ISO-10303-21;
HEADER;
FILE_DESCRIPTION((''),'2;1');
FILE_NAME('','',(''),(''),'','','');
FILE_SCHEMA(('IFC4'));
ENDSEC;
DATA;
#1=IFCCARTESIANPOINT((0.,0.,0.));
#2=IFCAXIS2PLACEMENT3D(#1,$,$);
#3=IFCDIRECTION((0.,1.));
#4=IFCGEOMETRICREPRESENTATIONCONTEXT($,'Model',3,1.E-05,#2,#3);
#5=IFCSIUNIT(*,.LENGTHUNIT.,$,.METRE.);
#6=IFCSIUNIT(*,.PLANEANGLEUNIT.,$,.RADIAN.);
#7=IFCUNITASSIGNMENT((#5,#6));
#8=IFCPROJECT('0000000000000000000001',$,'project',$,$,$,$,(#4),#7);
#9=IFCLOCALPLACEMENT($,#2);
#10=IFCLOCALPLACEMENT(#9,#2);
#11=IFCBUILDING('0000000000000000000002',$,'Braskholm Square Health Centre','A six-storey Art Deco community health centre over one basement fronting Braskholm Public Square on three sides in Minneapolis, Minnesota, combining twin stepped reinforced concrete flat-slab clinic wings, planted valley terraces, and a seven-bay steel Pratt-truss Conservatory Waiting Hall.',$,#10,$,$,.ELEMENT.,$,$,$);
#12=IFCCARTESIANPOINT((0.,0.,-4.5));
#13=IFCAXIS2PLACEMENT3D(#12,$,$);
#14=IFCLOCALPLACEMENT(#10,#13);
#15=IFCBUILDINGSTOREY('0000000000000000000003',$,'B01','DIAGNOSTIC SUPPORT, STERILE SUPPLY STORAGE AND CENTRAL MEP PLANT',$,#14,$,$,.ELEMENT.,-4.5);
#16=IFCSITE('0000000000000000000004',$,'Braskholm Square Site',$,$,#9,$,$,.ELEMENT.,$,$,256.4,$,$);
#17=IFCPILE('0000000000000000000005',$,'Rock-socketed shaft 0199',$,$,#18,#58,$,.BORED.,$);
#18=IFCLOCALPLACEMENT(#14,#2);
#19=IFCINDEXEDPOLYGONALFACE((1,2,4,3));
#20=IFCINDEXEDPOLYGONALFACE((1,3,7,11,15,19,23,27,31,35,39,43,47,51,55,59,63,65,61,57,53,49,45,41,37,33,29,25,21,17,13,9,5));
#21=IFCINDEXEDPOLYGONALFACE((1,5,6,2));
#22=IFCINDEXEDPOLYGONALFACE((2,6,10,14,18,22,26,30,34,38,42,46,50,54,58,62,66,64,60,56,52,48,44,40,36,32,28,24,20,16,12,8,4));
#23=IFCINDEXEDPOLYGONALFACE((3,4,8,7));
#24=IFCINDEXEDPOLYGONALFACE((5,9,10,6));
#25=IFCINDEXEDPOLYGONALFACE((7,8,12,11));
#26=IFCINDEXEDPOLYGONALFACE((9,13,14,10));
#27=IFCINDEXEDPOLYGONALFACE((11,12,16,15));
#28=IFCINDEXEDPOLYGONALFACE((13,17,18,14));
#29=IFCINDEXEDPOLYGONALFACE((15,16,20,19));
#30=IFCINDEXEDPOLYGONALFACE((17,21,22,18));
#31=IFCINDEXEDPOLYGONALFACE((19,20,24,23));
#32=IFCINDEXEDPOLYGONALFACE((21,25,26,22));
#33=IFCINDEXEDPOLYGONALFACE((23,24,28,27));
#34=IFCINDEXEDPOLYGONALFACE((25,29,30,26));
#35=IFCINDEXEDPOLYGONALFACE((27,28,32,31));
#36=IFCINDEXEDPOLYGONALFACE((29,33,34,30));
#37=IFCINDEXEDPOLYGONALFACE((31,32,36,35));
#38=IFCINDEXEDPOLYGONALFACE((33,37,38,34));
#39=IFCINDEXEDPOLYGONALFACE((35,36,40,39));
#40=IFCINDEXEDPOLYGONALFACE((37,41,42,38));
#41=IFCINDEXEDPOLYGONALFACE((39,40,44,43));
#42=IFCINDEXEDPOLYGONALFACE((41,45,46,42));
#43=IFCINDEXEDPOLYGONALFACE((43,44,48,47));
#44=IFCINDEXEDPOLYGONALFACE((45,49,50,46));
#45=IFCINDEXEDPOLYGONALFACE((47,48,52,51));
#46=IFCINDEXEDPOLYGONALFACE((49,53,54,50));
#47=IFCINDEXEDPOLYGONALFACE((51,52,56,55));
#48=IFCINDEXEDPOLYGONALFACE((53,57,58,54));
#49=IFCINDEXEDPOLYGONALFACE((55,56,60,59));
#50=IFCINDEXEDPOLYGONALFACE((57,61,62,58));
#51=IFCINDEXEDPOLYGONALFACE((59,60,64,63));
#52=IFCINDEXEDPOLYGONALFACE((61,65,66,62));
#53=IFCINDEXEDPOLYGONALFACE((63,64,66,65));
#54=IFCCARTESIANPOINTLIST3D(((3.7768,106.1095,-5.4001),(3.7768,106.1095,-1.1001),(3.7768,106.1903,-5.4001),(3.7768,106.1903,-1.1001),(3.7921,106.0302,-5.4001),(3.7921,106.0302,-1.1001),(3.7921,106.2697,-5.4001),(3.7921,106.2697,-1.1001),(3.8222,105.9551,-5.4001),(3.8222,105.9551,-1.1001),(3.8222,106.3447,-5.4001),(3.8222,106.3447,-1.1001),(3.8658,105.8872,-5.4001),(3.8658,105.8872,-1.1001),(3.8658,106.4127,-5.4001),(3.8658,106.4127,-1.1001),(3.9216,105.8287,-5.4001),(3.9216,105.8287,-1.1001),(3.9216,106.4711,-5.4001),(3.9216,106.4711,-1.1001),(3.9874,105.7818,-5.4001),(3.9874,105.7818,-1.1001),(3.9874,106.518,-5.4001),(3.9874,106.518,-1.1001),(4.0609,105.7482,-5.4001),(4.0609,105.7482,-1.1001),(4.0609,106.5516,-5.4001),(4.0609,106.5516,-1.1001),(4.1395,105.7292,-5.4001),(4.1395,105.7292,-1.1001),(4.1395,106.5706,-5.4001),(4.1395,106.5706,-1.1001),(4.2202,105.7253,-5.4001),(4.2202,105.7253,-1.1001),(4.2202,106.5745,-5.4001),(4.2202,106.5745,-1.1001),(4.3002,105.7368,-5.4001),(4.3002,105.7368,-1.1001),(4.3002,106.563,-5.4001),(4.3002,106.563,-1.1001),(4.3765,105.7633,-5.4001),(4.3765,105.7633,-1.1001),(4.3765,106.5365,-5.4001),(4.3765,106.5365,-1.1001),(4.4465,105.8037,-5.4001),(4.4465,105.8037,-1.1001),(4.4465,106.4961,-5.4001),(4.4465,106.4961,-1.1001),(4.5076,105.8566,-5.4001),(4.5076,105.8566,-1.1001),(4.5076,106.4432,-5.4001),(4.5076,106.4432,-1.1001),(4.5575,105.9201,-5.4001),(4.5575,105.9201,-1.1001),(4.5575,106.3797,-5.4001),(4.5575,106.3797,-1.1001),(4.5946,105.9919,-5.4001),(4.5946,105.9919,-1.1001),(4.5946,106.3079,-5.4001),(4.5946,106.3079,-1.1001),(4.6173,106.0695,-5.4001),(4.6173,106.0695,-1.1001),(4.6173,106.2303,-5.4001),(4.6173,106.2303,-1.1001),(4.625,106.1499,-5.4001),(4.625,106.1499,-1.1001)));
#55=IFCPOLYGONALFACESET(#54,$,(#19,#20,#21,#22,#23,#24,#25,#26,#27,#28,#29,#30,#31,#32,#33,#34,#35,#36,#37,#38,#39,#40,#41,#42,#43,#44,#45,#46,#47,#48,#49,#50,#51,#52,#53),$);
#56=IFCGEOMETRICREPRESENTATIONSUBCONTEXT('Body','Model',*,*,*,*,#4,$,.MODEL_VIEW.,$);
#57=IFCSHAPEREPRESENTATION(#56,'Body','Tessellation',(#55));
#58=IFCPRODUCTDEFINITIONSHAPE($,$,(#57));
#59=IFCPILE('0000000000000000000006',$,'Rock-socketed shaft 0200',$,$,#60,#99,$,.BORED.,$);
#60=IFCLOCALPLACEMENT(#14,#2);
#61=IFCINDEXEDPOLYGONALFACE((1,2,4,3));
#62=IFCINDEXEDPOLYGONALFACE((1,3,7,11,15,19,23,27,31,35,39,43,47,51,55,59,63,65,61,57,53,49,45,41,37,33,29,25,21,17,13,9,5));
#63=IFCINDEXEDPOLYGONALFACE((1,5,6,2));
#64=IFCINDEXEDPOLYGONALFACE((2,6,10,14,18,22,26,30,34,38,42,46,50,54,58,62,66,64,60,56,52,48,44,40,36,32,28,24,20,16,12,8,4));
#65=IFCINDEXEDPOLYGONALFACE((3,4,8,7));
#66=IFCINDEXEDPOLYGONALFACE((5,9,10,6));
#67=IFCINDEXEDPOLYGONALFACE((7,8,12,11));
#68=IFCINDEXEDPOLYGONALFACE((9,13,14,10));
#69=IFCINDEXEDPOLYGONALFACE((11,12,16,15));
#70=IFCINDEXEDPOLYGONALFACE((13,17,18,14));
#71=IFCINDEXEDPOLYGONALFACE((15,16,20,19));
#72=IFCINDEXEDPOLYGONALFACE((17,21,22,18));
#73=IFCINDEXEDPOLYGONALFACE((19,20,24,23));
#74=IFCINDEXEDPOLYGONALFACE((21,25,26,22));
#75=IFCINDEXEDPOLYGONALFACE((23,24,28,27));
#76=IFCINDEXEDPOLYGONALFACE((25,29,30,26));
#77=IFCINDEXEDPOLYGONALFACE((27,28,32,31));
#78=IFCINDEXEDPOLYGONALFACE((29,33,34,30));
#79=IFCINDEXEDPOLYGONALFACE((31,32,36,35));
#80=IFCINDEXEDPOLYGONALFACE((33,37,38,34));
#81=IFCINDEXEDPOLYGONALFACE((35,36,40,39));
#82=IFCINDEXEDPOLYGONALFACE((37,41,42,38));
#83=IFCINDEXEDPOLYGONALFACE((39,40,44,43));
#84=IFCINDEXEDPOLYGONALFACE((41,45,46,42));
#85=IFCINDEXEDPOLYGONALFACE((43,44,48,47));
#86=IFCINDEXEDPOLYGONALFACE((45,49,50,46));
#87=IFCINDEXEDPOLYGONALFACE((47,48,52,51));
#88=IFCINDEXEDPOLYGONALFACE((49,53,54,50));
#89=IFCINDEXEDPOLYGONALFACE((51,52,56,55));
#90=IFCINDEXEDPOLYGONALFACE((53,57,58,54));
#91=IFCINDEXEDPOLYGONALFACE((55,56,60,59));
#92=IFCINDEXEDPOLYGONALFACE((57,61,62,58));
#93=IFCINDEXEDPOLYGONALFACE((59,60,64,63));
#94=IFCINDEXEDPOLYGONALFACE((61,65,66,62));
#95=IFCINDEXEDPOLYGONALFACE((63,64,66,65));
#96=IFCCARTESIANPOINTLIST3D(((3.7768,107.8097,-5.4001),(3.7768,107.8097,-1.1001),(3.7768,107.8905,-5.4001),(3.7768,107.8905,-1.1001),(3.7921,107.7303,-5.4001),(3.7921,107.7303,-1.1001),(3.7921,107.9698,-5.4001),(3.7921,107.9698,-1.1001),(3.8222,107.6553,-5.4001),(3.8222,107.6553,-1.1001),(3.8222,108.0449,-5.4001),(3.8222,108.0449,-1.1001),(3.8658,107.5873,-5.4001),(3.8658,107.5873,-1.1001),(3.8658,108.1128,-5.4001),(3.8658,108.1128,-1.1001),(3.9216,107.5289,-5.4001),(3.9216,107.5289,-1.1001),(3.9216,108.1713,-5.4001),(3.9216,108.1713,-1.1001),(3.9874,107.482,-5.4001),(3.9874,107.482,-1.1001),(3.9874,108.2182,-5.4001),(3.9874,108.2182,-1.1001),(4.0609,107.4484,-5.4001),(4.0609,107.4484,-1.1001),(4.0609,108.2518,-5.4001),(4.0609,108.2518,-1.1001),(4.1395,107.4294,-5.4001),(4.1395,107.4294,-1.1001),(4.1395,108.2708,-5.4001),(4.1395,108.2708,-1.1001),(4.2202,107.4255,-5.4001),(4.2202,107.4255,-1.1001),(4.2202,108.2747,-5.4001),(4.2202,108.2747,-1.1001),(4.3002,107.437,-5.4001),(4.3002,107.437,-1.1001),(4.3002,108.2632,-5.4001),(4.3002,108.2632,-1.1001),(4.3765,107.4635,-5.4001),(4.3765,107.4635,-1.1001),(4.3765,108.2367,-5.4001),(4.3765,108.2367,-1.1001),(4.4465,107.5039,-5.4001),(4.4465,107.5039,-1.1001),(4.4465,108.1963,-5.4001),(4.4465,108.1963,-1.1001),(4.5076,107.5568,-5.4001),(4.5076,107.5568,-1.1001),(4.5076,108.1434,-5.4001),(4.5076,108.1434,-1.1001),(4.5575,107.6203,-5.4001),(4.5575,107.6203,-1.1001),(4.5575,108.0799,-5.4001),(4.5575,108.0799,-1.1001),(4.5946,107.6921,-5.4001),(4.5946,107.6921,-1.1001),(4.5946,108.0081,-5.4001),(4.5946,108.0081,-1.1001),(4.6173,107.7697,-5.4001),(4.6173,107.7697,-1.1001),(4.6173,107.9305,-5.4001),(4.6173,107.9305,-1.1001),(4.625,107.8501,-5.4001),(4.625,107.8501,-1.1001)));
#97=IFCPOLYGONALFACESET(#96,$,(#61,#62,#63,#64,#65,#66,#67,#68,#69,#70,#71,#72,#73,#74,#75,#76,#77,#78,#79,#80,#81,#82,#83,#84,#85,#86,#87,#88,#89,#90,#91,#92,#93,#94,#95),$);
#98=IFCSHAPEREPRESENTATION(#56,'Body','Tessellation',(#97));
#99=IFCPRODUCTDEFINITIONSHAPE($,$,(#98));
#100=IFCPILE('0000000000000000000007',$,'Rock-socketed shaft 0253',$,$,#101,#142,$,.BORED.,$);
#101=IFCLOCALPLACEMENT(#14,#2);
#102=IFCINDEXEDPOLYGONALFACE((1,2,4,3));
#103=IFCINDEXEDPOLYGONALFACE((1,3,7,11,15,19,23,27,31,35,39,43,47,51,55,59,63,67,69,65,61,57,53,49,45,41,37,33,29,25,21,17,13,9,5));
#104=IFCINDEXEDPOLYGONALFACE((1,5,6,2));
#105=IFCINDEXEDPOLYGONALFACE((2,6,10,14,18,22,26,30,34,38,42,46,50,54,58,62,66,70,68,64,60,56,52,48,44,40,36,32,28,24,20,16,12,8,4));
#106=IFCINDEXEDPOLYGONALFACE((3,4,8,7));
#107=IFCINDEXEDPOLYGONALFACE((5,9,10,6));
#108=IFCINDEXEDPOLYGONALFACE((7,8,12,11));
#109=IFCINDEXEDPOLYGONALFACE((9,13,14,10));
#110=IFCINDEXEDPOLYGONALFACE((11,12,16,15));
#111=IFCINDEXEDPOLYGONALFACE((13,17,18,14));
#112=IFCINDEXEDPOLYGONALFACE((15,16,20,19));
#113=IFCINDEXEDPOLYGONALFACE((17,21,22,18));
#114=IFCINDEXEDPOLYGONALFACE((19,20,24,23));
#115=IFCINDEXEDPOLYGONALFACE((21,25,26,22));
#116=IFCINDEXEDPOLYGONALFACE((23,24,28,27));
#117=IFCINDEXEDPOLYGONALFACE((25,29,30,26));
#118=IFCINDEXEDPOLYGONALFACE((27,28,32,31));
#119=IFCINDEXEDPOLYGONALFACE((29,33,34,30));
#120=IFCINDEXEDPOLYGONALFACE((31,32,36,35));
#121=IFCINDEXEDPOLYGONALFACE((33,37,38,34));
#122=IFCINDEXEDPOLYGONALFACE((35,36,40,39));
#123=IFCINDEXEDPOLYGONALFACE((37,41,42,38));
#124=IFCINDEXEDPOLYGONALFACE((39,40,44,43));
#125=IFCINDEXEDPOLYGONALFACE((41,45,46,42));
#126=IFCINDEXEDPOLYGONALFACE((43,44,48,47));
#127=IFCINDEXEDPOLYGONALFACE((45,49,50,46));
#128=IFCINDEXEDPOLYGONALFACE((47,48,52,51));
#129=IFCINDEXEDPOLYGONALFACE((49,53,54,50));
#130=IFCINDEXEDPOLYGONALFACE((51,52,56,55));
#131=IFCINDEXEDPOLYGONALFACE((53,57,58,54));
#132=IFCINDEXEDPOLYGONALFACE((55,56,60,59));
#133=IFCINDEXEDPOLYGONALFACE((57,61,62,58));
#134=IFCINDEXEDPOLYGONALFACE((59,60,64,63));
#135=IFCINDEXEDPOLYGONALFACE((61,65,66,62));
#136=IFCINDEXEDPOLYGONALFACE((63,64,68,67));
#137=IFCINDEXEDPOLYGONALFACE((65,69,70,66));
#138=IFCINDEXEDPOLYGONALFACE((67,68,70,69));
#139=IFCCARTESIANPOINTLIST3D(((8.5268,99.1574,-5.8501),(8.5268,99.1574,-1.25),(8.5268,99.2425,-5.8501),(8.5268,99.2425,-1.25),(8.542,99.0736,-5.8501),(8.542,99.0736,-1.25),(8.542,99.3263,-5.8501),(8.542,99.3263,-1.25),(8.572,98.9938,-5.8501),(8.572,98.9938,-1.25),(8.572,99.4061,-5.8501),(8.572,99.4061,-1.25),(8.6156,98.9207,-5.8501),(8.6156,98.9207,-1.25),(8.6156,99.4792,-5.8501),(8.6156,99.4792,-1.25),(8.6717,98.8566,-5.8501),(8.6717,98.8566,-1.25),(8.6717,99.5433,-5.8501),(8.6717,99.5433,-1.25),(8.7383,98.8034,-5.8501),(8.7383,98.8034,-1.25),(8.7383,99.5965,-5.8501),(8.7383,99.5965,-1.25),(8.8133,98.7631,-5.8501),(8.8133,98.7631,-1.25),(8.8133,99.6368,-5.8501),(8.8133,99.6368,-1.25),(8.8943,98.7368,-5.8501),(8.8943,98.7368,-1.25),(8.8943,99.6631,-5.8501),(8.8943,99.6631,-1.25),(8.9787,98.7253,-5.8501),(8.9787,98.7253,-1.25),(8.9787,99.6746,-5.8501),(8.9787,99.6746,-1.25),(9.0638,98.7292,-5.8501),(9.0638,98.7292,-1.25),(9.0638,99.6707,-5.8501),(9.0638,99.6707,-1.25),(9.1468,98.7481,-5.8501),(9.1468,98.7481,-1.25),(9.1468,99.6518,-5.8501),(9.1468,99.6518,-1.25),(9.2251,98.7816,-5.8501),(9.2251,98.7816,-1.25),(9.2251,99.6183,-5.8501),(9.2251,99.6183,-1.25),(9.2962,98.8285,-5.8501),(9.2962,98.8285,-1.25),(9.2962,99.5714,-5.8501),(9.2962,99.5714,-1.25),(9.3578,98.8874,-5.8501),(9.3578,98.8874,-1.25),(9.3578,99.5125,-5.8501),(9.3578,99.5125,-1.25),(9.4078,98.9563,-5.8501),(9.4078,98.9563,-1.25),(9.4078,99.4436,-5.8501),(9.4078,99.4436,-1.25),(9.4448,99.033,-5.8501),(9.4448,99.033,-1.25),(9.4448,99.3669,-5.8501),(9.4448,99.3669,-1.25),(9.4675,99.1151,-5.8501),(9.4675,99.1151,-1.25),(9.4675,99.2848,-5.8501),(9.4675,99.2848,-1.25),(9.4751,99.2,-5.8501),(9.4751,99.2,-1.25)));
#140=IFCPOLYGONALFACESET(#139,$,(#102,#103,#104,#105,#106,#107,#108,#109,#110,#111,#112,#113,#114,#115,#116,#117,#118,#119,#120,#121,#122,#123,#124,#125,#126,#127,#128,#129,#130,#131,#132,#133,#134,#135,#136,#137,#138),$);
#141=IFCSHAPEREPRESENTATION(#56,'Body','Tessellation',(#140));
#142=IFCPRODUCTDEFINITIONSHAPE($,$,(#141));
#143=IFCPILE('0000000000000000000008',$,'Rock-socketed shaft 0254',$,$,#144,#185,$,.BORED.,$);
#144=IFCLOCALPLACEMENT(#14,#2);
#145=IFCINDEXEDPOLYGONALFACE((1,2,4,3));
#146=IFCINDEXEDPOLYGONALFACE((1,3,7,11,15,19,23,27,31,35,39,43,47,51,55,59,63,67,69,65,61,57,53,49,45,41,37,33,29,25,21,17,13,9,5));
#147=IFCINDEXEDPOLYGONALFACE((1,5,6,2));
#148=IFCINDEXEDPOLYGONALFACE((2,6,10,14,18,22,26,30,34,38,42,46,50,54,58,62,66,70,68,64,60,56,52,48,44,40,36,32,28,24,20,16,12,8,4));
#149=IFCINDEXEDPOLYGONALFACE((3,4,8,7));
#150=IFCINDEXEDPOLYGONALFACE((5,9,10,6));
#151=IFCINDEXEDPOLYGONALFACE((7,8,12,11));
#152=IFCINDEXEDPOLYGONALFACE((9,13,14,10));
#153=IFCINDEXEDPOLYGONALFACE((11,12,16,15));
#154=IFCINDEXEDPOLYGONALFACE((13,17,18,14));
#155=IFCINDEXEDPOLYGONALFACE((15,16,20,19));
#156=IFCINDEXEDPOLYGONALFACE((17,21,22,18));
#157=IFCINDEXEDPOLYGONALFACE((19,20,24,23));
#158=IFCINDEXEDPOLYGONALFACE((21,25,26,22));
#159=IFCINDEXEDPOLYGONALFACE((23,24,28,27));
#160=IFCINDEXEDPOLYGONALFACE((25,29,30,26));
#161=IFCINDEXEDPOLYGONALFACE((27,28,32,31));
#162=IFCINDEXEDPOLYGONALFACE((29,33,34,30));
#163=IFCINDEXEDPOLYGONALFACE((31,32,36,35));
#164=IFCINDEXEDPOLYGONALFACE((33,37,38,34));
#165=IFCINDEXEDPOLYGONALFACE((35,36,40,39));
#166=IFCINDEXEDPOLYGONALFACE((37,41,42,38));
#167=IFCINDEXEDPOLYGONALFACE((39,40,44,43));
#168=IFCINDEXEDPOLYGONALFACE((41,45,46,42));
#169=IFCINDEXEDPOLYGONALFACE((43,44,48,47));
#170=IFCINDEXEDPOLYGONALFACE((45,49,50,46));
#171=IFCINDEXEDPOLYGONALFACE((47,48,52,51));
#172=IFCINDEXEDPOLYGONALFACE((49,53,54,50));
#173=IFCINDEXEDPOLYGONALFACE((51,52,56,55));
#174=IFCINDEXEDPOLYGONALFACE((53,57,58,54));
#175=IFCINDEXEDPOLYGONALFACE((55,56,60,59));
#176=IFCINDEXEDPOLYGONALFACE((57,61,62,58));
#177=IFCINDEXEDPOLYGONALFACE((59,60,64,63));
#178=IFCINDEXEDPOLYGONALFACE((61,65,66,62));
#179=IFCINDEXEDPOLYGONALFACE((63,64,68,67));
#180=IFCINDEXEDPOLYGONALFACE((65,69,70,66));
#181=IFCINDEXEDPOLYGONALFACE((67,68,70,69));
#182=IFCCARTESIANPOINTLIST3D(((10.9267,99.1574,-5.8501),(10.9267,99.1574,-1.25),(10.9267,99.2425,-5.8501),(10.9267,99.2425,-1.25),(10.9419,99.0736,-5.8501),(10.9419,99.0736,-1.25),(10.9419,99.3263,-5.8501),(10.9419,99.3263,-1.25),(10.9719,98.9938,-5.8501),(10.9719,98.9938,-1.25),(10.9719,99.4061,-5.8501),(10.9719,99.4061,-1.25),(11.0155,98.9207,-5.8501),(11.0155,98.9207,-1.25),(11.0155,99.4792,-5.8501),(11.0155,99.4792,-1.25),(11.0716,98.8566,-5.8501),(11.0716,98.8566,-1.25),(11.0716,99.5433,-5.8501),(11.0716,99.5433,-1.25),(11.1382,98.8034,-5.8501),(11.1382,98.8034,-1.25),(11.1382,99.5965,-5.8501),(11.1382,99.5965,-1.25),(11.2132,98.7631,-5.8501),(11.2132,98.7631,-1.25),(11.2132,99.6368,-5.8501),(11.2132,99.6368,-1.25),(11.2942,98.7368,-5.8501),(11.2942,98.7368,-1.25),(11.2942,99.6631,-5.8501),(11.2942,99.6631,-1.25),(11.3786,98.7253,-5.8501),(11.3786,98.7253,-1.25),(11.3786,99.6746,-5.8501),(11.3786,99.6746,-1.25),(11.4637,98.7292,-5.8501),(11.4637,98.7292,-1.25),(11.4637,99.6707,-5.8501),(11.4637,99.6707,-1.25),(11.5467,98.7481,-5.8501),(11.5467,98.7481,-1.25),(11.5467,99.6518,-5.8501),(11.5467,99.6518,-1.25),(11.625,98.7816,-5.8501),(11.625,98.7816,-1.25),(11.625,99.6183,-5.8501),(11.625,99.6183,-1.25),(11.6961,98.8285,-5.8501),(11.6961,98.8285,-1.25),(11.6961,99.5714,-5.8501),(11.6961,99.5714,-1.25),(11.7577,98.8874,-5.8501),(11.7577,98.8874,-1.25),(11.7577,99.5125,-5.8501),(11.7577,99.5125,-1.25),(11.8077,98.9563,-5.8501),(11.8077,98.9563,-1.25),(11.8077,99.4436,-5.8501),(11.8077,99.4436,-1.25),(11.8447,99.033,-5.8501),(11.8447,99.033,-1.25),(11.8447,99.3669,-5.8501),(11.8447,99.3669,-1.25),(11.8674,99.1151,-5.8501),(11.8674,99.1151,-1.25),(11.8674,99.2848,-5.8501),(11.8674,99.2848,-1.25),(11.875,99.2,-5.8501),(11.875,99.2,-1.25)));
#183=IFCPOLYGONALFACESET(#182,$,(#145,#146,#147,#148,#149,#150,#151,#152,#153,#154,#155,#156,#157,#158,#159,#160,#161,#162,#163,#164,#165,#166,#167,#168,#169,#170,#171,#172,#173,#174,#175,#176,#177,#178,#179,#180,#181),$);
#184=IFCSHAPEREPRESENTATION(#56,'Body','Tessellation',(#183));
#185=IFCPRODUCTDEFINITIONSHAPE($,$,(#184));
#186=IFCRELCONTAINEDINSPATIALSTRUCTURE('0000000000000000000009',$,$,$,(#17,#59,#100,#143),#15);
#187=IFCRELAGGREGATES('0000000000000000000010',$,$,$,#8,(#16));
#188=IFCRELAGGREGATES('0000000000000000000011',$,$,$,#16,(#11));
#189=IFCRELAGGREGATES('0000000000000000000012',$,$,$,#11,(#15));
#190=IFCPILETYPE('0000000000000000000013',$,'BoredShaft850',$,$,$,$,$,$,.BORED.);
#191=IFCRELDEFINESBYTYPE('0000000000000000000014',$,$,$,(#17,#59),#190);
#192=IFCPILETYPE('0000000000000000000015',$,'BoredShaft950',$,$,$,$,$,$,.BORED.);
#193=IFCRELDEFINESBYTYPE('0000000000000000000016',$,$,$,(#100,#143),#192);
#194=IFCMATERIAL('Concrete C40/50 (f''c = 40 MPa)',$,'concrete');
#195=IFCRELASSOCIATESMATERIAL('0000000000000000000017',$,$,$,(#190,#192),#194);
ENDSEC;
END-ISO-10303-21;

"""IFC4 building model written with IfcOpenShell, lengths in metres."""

from ifc_helpers import new_model, si_unit, direction, frame, origin, origin_2d, place, context, subcontext, project, spatial, circle, extrude, material, material_profile, profile_set, type_object, element, save


model = new_model("IFC4")

# Units and contexts
model_context = context("Model", 3, precision=1e-05, world=origin(), true_north=direction((0.0, 1.0)))
body_context = subcontext(model_context, "Body", "Model", "MODEL_VIEW")
ifc_project = project(units=[si_unit("LENGTHUNIT", "METRE"), si_unit("PLANEANGLEUNIT", "RADIAN")], contexts=[model_context])

# Site, building, storey
site_placement = place(None, origin())
site = spatial("IfcSite", under=ifc_project, at=site_placement, Name="Braskholm Square Site", CompositionType="ELEMENT", RefElevation=256.4)
building_placement = place(site_placement, origin())
building = spatial("IfcBuilding", under=site, at=building_placement, Name="Braskholm Square Health Centre", Description="A six-storey Art Deco community health centre over one basement fronting Braskholm Public Square on three sides in Minneapolis, Minnesota, combining twin stepped reinforced concrete flat-slab clinic wings, planted valley terraces, and a seven-bay steel Pratt-truss Conservatory Waiting Hall.", CompositionType="ELEMENT")
storey_placement = place(building_placement, frame((0.0, 0.0, -4.5)))
storey = spatial("IfcBuildingStorey", under=building, at=storey_placement, Name="B01", Description="DIAGNOSTIC SUPPORT, STERILE SUPPLY STORAGE AND CENTRAL MEP PLANT", CompositionType="ELEMENT", Elevation=-4.5)

# Piles
ifc_material_1 = material(Name="Concrete C40/50 (f'c = 40 MPa)", Category="concrete")
ifc_material_profile_1 = material_profile(ifc_material_1, circle(Radius=0.425, at=origin_2d()), Name="BORED-PILE-850")
ifc_profile_set_1 = profile_set([ifc_material_profile_1], Name="Concrete C40/50 (f'c = 40 MPa)")
pile_type_1 = type_object("IfcPileType", Name="BoredShaft850", PredefinedType="BORED", material=ifc_profile_set_1)
for number, where, z_axis, x_axis, name in (
    (1, (4.2, 106.1499, -1.1001), (0.0, 0.0, -1.0), (1.0, 0.0, 0.0), "Rock-socketed shaft 0199"),
    (2, (4.2, 107.8501, -1.1001), (0.0, 0.0, -1.0), (1.0, 0.0, 0.0), "Rock-socketed shaft 0200"),
):
    element("IfcPile", number, at=place(storey_placement, frame(where, z_axis=z_axis, x_axis=x_axis)), inside=storey, type_object=pile_type_1, Name=name, PredefinedType="BORED", context=body_context, shape_type="SweptSolid", body=[
        extrude(circle(Radius=0.425, at=origin_2d()), origin(), (0.0, 0.0, 1.0), 4.3),
    ])
ifc_material_profile_2 = material_profile(ifc_material_1, circle(Radius=0.4751, at=origin_2d()), Name="BORED-PILE-950")
ifc_profile_set_2 = profile_set([ifc_material_profile_2], Name="Concrete C40/50 (f'c = 40 MPa)")
pile_type_2 = type_object("IfcPileType", Name="BoredShaft950", PredefinedType="BORED", material=ifc_profile_set_2)
for number, where, z_axis, x_axis, name in (
    (3, (9.0, 99.2, -1.25), (0.0, 0.0, -1.0), (1.0, 0.0, 0.0), "Rock-socketed shaft 0253"),
    (4, (11.3999, 99.2, -1.25), (0.0, 0.0, -1.0), (1.0, 0.0, 0.0), "Rock-socketed shaft 0254"),
):
    element("IfcPile", number, at=place(storey_placement, frame(where, z_axis=z_axis, x_axis=x_axis)), inside=storey, type_object=pile_type_2, Name=name, PredefinedType="BORED", context=body_context, shape_type="SweptSolid", body=[
        extrude(circle(Radius=0.4751, at=origin_2d()), origin(), (0.0, 0.0, 1.0), 4.6001),
    ])

save(model, "model.ifc")
